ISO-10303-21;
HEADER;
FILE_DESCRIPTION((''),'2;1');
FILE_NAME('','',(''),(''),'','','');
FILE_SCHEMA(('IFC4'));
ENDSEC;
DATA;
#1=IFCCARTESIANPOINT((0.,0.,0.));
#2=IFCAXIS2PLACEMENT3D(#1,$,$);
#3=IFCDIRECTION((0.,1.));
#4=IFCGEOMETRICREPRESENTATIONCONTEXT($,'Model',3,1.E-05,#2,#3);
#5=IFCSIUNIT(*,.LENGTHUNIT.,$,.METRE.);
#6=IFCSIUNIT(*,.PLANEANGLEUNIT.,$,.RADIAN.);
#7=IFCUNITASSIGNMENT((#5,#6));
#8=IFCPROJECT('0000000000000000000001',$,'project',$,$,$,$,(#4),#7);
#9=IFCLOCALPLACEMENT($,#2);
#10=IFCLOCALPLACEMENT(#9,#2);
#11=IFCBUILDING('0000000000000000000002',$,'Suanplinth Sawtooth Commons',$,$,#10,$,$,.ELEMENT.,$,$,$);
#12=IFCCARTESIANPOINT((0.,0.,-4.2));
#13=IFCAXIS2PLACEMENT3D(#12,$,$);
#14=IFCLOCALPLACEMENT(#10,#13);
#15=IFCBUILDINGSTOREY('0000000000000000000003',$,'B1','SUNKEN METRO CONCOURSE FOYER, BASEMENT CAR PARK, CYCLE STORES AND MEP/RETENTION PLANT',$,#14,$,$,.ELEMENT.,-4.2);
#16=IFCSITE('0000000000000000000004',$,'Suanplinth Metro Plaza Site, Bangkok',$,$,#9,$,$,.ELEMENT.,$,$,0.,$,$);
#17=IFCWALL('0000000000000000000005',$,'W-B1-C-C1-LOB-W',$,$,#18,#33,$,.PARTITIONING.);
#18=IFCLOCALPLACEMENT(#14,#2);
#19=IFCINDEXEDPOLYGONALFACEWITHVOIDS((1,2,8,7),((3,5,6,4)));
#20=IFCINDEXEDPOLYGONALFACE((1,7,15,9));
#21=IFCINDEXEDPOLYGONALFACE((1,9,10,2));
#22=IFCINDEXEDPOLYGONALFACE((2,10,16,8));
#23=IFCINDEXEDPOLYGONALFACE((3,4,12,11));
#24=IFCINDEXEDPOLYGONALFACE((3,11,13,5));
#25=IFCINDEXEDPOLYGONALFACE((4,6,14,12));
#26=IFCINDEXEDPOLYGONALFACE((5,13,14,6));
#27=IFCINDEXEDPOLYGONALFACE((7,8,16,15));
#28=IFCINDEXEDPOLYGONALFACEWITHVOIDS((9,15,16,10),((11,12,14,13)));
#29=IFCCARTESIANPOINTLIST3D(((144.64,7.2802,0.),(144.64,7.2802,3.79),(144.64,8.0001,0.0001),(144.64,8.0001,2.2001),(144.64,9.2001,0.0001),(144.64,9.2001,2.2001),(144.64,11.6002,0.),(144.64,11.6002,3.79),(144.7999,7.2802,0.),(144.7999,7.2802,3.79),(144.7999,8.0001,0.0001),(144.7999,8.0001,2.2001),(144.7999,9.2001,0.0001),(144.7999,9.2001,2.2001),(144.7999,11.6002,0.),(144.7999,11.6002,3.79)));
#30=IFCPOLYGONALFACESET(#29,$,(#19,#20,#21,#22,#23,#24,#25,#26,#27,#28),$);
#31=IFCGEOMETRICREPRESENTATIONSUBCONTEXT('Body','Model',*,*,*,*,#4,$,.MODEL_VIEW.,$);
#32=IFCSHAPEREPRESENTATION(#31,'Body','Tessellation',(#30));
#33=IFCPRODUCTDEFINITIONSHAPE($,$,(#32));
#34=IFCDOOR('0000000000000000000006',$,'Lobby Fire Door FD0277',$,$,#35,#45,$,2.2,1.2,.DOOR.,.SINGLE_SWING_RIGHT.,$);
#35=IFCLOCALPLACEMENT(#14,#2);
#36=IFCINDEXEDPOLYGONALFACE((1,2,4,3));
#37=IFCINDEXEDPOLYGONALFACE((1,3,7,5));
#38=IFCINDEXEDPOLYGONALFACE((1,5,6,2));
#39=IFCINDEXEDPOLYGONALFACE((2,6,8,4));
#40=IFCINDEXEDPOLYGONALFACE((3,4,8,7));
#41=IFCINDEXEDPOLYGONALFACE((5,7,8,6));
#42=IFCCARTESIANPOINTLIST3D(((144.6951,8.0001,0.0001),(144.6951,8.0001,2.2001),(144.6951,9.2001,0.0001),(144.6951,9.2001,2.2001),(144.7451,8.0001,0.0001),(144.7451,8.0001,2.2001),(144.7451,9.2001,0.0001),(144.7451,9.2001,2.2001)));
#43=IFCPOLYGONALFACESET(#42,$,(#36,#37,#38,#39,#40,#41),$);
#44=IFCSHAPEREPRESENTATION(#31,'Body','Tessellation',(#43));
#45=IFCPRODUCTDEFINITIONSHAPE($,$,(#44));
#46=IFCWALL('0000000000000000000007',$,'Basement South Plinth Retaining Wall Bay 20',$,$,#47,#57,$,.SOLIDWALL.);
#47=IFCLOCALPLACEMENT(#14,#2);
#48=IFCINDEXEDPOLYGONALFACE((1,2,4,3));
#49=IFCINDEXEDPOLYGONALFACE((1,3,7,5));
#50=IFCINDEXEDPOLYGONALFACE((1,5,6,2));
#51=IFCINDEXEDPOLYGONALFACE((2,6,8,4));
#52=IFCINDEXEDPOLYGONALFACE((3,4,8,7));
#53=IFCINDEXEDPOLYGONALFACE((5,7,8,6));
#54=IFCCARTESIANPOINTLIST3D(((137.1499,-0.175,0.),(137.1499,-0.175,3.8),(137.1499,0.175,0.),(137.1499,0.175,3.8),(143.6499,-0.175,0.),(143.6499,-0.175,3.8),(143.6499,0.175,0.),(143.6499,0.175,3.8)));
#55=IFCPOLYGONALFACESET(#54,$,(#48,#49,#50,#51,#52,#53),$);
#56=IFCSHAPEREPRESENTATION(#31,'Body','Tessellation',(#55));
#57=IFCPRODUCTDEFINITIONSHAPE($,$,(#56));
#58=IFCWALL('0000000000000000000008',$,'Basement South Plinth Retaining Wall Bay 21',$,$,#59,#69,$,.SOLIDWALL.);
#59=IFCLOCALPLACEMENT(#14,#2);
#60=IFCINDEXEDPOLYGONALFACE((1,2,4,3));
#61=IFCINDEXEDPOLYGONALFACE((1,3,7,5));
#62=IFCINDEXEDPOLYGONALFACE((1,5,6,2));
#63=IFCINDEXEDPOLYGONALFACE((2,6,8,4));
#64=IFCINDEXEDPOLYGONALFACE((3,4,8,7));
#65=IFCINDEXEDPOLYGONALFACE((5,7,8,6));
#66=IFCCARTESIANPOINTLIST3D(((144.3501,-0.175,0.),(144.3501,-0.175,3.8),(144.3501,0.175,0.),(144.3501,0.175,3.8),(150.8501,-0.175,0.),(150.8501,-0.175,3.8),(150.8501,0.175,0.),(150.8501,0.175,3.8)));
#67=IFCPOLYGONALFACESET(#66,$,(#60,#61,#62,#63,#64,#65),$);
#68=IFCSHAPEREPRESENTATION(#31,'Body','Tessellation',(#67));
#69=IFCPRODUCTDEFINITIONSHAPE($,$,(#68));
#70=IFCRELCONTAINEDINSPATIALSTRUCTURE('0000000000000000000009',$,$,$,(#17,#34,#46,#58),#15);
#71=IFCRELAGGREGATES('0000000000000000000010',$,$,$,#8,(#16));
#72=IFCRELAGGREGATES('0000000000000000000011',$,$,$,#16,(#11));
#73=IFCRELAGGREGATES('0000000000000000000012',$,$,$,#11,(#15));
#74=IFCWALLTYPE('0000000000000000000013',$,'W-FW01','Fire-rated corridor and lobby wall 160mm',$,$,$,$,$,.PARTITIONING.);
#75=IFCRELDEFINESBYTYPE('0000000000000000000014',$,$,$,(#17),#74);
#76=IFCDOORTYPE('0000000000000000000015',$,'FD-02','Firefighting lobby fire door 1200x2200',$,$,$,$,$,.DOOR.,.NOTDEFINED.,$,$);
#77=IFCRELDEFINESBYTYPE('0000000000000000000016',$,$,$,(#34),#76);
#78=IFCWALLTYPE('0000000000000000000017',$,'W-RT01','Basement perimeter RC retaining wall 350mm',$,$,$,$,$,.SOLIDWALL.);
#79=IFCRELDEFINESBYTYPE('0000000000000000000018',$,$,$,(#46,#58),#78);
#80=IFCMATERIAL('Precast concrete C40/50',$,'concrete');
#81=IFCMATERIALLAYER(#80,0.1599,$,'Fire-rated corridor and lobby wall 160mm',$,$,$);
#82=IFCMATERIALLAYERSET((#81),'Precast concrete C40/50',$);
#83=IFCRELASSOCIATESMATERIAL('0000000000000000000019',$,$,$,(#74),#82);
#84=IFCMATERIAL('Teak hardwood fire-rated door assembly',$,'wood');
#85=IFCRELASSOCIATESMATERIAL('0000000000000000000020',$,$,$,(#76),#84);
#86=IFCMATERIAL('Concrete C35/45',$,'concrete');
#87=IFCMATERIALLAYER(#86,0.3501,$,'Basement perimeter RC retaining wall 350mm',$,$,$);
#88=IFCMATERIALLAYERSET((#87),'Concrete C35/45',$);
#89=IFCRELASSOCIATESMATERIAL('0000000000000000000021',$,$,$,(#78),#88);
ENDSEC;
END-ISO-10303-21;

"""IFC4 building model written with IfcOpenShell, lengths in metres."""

from ifc_helpers import new_model, si_unit, direction, frame, frame_2d, origin, place, context, subcontext, project, spatial, rectangle, extrude, material, layer, layer_set, type_object, element, fill, save


model = new_model("IFC4")

# Units and contexts
model_context = context("Model", 3, precision=1e-05, world=origin(), true_north=direction((0.0, 1.0)))
body_context = subcontext(model_context, "Body", "Model", "MODEL_VIEW")
ifc_project = project(units=[si_unit("LENGTHUNIT", "METRE"), si_unit("PLANEANGLEUNIT", "RADIAN")], contexts=[model_context])

# Site, building, storey
site_placement = place(None, origin())
site = spatial("IfcSite", under=ifc_project, at=site_placement, Name="Suanplinth Metro Plaza Site, Bangkok", CompositionType="ELEMENT", RefElevation=0.0)
building_placement = place(site_placement, origin())
building = spatial("IfcBuilding", under=site, at=building_placement, Name="Suanplinth Sawtooth Commons", CompositionType="ELEMENT")
storey_placement = place(building_placement, frame((0.0, 0.0, -4.2)))
storey = spatial("IfcBuildingStorey", under=building, at=storey_placement, Name="B1", Description="SUNKEN METRO CONCOURSE FOYER, BASEMENT CAR PARK, CYCLE STORES AND MEP/RETENTION PLANT", CompositionType="ELEMENT", Elevation=-4.2)

# Shared definitions
ifc_material_1 = material(Name="Concrete C35/45", Category="concrete")

# Wall, opening, door
ifc_material_2 = material(Name="Precast concrete C40/50", Category="concrete")
ifc_layer_1 = layer(ifc_material_2, 0.1599, Name="Fire-rated corridor and lobby wall 160mm")
ifc_layer_set_1 = layer_set([ifc_layer_1], Name="Precast concrete C40/50")
wall_type_1 = type_object("IfcWallType", Name="W-FW01", Description="Fire-rated corridor and lobby wall 160mm", PredefinedType="PARTITIONING", material=ifc_layer_set_1)
wall_placement = place(storey_placement, frame((144.72, 7.28, 0.0), z_axis=(0.0, 0.0, 1.0), x_axis=(0.0, 1.0, 0.0)))
wall = element("IfcWall", 1, at=wall_placement, inside=storey, type_object=wall_type_1, Name="W-B1-C-C1-LOB-W", PredefinedType="PARTITIONING", context=body_context, shape_type="SweptSolid", body=[
    extrude(rectangle(XDim=4.3201, YDim=0.1599, at=frame_2d((2.1602, 0.0))), origin(), (0.0, 0.0, 1.0), 3.79),
])
opening_placement = place(wall_placement, frame((0.72, 0.0, 0.0)))
opening = element("IfcOpeningElement", 2, at=opening_placement, cuts=wall, PredefinedType="OPENING", context=body_context, shape_type="SweptSolid", body=[
    extrude(rectangle(XDim=1.2, YDim=2.2, at=frame_2d((0.6001, 1.1001))), frame((0.0, 0.0947, 0.0), z_axis=(0.0, -1.0, 0.0), x_axis=(1.0, 0.0, 0.0)), (0.0, 0.0, 1.0), 0.1897),
])
ifc_material_3 = material(Name="Teak hardwood fire-rated door assembly", Category="wood")
door_type = type_object("IfcDoorType", Name="FD-02", Description="Firefighting lobby fire door 1200x2200", OperationType="NOTDEFINED", PredefinedType="DOOR", material=ifc_material_3)
door_placement = place(opening_placement, origin())
door = element("IfcDoor", 3, at=door_placement, inside=storey, type_object=door_type, Name="Lobby Fire Door FD0277", OperationType="SINGLE_SWING_RIGHT", OverallHeight=2.2, OverallWidth=1.2, PredefinedType="DOOR", context=body_context, shape_type="SweptSolid", body=[
    extrude(rectangle(XDim=1.2, YDim=2.2, at=frame_2d((0.6001, 1.1001))), frame((0.0, 0.0249, 0.0), z_axis=(0.0, -1.0, 0.0), x_axis=(1.0, 0.0, 0.0)), (0.0, 0.0, 1.0), 0.05),
])
fill(opening, door)

# Walls
ifc_layer_2 = layer(ifc_material_1, 0.3501, Name="Basement perimeter RC retaining wall 350mm")
ifc_layer_set_2 = layer_set([ifc_layer_2], Name="Concrete C35/45")
wall_type_2 = type_object("IfcWallType", Name="W-RT01", Description="Basement perimeter RC retaining wall 350mm", PredefinedType="SOLIDWALL", material=ifc_layer_set_2)
for number, where, z_axis, x_axis, name in (
    (4, (137.1499, 0.0, 0.0), (0.0, 0.0, 1.0), (1.0, 0.0, 0.0), "Basement South Plinth Retaining Wall Bay 20"),
    (5, (144.3501, 0.0, 0.0), (0.0, 0.0, 1.0), (1.0, 0.0, 0.0), "Basement South Plinth Retaining Wall Bay 21"),
):
    element("IfcWall", number, at=place(storey_placement, frame(where, z_axis=z_axis, x_axis=x_axis)), inside=storey, type_object=wall_type_2, Name=name, PredefinedType="SOLIDWALL", context=body_context, shape_type="SweptSolid", body=[
        extrude(rectangle(XDim=6.5, YDim=0.3501, at=frame_2d((3.25, 0.0))), origin(), (0.0, 0.0, 1.0), 3.8),
    ])

save(model, "model.ifc")
